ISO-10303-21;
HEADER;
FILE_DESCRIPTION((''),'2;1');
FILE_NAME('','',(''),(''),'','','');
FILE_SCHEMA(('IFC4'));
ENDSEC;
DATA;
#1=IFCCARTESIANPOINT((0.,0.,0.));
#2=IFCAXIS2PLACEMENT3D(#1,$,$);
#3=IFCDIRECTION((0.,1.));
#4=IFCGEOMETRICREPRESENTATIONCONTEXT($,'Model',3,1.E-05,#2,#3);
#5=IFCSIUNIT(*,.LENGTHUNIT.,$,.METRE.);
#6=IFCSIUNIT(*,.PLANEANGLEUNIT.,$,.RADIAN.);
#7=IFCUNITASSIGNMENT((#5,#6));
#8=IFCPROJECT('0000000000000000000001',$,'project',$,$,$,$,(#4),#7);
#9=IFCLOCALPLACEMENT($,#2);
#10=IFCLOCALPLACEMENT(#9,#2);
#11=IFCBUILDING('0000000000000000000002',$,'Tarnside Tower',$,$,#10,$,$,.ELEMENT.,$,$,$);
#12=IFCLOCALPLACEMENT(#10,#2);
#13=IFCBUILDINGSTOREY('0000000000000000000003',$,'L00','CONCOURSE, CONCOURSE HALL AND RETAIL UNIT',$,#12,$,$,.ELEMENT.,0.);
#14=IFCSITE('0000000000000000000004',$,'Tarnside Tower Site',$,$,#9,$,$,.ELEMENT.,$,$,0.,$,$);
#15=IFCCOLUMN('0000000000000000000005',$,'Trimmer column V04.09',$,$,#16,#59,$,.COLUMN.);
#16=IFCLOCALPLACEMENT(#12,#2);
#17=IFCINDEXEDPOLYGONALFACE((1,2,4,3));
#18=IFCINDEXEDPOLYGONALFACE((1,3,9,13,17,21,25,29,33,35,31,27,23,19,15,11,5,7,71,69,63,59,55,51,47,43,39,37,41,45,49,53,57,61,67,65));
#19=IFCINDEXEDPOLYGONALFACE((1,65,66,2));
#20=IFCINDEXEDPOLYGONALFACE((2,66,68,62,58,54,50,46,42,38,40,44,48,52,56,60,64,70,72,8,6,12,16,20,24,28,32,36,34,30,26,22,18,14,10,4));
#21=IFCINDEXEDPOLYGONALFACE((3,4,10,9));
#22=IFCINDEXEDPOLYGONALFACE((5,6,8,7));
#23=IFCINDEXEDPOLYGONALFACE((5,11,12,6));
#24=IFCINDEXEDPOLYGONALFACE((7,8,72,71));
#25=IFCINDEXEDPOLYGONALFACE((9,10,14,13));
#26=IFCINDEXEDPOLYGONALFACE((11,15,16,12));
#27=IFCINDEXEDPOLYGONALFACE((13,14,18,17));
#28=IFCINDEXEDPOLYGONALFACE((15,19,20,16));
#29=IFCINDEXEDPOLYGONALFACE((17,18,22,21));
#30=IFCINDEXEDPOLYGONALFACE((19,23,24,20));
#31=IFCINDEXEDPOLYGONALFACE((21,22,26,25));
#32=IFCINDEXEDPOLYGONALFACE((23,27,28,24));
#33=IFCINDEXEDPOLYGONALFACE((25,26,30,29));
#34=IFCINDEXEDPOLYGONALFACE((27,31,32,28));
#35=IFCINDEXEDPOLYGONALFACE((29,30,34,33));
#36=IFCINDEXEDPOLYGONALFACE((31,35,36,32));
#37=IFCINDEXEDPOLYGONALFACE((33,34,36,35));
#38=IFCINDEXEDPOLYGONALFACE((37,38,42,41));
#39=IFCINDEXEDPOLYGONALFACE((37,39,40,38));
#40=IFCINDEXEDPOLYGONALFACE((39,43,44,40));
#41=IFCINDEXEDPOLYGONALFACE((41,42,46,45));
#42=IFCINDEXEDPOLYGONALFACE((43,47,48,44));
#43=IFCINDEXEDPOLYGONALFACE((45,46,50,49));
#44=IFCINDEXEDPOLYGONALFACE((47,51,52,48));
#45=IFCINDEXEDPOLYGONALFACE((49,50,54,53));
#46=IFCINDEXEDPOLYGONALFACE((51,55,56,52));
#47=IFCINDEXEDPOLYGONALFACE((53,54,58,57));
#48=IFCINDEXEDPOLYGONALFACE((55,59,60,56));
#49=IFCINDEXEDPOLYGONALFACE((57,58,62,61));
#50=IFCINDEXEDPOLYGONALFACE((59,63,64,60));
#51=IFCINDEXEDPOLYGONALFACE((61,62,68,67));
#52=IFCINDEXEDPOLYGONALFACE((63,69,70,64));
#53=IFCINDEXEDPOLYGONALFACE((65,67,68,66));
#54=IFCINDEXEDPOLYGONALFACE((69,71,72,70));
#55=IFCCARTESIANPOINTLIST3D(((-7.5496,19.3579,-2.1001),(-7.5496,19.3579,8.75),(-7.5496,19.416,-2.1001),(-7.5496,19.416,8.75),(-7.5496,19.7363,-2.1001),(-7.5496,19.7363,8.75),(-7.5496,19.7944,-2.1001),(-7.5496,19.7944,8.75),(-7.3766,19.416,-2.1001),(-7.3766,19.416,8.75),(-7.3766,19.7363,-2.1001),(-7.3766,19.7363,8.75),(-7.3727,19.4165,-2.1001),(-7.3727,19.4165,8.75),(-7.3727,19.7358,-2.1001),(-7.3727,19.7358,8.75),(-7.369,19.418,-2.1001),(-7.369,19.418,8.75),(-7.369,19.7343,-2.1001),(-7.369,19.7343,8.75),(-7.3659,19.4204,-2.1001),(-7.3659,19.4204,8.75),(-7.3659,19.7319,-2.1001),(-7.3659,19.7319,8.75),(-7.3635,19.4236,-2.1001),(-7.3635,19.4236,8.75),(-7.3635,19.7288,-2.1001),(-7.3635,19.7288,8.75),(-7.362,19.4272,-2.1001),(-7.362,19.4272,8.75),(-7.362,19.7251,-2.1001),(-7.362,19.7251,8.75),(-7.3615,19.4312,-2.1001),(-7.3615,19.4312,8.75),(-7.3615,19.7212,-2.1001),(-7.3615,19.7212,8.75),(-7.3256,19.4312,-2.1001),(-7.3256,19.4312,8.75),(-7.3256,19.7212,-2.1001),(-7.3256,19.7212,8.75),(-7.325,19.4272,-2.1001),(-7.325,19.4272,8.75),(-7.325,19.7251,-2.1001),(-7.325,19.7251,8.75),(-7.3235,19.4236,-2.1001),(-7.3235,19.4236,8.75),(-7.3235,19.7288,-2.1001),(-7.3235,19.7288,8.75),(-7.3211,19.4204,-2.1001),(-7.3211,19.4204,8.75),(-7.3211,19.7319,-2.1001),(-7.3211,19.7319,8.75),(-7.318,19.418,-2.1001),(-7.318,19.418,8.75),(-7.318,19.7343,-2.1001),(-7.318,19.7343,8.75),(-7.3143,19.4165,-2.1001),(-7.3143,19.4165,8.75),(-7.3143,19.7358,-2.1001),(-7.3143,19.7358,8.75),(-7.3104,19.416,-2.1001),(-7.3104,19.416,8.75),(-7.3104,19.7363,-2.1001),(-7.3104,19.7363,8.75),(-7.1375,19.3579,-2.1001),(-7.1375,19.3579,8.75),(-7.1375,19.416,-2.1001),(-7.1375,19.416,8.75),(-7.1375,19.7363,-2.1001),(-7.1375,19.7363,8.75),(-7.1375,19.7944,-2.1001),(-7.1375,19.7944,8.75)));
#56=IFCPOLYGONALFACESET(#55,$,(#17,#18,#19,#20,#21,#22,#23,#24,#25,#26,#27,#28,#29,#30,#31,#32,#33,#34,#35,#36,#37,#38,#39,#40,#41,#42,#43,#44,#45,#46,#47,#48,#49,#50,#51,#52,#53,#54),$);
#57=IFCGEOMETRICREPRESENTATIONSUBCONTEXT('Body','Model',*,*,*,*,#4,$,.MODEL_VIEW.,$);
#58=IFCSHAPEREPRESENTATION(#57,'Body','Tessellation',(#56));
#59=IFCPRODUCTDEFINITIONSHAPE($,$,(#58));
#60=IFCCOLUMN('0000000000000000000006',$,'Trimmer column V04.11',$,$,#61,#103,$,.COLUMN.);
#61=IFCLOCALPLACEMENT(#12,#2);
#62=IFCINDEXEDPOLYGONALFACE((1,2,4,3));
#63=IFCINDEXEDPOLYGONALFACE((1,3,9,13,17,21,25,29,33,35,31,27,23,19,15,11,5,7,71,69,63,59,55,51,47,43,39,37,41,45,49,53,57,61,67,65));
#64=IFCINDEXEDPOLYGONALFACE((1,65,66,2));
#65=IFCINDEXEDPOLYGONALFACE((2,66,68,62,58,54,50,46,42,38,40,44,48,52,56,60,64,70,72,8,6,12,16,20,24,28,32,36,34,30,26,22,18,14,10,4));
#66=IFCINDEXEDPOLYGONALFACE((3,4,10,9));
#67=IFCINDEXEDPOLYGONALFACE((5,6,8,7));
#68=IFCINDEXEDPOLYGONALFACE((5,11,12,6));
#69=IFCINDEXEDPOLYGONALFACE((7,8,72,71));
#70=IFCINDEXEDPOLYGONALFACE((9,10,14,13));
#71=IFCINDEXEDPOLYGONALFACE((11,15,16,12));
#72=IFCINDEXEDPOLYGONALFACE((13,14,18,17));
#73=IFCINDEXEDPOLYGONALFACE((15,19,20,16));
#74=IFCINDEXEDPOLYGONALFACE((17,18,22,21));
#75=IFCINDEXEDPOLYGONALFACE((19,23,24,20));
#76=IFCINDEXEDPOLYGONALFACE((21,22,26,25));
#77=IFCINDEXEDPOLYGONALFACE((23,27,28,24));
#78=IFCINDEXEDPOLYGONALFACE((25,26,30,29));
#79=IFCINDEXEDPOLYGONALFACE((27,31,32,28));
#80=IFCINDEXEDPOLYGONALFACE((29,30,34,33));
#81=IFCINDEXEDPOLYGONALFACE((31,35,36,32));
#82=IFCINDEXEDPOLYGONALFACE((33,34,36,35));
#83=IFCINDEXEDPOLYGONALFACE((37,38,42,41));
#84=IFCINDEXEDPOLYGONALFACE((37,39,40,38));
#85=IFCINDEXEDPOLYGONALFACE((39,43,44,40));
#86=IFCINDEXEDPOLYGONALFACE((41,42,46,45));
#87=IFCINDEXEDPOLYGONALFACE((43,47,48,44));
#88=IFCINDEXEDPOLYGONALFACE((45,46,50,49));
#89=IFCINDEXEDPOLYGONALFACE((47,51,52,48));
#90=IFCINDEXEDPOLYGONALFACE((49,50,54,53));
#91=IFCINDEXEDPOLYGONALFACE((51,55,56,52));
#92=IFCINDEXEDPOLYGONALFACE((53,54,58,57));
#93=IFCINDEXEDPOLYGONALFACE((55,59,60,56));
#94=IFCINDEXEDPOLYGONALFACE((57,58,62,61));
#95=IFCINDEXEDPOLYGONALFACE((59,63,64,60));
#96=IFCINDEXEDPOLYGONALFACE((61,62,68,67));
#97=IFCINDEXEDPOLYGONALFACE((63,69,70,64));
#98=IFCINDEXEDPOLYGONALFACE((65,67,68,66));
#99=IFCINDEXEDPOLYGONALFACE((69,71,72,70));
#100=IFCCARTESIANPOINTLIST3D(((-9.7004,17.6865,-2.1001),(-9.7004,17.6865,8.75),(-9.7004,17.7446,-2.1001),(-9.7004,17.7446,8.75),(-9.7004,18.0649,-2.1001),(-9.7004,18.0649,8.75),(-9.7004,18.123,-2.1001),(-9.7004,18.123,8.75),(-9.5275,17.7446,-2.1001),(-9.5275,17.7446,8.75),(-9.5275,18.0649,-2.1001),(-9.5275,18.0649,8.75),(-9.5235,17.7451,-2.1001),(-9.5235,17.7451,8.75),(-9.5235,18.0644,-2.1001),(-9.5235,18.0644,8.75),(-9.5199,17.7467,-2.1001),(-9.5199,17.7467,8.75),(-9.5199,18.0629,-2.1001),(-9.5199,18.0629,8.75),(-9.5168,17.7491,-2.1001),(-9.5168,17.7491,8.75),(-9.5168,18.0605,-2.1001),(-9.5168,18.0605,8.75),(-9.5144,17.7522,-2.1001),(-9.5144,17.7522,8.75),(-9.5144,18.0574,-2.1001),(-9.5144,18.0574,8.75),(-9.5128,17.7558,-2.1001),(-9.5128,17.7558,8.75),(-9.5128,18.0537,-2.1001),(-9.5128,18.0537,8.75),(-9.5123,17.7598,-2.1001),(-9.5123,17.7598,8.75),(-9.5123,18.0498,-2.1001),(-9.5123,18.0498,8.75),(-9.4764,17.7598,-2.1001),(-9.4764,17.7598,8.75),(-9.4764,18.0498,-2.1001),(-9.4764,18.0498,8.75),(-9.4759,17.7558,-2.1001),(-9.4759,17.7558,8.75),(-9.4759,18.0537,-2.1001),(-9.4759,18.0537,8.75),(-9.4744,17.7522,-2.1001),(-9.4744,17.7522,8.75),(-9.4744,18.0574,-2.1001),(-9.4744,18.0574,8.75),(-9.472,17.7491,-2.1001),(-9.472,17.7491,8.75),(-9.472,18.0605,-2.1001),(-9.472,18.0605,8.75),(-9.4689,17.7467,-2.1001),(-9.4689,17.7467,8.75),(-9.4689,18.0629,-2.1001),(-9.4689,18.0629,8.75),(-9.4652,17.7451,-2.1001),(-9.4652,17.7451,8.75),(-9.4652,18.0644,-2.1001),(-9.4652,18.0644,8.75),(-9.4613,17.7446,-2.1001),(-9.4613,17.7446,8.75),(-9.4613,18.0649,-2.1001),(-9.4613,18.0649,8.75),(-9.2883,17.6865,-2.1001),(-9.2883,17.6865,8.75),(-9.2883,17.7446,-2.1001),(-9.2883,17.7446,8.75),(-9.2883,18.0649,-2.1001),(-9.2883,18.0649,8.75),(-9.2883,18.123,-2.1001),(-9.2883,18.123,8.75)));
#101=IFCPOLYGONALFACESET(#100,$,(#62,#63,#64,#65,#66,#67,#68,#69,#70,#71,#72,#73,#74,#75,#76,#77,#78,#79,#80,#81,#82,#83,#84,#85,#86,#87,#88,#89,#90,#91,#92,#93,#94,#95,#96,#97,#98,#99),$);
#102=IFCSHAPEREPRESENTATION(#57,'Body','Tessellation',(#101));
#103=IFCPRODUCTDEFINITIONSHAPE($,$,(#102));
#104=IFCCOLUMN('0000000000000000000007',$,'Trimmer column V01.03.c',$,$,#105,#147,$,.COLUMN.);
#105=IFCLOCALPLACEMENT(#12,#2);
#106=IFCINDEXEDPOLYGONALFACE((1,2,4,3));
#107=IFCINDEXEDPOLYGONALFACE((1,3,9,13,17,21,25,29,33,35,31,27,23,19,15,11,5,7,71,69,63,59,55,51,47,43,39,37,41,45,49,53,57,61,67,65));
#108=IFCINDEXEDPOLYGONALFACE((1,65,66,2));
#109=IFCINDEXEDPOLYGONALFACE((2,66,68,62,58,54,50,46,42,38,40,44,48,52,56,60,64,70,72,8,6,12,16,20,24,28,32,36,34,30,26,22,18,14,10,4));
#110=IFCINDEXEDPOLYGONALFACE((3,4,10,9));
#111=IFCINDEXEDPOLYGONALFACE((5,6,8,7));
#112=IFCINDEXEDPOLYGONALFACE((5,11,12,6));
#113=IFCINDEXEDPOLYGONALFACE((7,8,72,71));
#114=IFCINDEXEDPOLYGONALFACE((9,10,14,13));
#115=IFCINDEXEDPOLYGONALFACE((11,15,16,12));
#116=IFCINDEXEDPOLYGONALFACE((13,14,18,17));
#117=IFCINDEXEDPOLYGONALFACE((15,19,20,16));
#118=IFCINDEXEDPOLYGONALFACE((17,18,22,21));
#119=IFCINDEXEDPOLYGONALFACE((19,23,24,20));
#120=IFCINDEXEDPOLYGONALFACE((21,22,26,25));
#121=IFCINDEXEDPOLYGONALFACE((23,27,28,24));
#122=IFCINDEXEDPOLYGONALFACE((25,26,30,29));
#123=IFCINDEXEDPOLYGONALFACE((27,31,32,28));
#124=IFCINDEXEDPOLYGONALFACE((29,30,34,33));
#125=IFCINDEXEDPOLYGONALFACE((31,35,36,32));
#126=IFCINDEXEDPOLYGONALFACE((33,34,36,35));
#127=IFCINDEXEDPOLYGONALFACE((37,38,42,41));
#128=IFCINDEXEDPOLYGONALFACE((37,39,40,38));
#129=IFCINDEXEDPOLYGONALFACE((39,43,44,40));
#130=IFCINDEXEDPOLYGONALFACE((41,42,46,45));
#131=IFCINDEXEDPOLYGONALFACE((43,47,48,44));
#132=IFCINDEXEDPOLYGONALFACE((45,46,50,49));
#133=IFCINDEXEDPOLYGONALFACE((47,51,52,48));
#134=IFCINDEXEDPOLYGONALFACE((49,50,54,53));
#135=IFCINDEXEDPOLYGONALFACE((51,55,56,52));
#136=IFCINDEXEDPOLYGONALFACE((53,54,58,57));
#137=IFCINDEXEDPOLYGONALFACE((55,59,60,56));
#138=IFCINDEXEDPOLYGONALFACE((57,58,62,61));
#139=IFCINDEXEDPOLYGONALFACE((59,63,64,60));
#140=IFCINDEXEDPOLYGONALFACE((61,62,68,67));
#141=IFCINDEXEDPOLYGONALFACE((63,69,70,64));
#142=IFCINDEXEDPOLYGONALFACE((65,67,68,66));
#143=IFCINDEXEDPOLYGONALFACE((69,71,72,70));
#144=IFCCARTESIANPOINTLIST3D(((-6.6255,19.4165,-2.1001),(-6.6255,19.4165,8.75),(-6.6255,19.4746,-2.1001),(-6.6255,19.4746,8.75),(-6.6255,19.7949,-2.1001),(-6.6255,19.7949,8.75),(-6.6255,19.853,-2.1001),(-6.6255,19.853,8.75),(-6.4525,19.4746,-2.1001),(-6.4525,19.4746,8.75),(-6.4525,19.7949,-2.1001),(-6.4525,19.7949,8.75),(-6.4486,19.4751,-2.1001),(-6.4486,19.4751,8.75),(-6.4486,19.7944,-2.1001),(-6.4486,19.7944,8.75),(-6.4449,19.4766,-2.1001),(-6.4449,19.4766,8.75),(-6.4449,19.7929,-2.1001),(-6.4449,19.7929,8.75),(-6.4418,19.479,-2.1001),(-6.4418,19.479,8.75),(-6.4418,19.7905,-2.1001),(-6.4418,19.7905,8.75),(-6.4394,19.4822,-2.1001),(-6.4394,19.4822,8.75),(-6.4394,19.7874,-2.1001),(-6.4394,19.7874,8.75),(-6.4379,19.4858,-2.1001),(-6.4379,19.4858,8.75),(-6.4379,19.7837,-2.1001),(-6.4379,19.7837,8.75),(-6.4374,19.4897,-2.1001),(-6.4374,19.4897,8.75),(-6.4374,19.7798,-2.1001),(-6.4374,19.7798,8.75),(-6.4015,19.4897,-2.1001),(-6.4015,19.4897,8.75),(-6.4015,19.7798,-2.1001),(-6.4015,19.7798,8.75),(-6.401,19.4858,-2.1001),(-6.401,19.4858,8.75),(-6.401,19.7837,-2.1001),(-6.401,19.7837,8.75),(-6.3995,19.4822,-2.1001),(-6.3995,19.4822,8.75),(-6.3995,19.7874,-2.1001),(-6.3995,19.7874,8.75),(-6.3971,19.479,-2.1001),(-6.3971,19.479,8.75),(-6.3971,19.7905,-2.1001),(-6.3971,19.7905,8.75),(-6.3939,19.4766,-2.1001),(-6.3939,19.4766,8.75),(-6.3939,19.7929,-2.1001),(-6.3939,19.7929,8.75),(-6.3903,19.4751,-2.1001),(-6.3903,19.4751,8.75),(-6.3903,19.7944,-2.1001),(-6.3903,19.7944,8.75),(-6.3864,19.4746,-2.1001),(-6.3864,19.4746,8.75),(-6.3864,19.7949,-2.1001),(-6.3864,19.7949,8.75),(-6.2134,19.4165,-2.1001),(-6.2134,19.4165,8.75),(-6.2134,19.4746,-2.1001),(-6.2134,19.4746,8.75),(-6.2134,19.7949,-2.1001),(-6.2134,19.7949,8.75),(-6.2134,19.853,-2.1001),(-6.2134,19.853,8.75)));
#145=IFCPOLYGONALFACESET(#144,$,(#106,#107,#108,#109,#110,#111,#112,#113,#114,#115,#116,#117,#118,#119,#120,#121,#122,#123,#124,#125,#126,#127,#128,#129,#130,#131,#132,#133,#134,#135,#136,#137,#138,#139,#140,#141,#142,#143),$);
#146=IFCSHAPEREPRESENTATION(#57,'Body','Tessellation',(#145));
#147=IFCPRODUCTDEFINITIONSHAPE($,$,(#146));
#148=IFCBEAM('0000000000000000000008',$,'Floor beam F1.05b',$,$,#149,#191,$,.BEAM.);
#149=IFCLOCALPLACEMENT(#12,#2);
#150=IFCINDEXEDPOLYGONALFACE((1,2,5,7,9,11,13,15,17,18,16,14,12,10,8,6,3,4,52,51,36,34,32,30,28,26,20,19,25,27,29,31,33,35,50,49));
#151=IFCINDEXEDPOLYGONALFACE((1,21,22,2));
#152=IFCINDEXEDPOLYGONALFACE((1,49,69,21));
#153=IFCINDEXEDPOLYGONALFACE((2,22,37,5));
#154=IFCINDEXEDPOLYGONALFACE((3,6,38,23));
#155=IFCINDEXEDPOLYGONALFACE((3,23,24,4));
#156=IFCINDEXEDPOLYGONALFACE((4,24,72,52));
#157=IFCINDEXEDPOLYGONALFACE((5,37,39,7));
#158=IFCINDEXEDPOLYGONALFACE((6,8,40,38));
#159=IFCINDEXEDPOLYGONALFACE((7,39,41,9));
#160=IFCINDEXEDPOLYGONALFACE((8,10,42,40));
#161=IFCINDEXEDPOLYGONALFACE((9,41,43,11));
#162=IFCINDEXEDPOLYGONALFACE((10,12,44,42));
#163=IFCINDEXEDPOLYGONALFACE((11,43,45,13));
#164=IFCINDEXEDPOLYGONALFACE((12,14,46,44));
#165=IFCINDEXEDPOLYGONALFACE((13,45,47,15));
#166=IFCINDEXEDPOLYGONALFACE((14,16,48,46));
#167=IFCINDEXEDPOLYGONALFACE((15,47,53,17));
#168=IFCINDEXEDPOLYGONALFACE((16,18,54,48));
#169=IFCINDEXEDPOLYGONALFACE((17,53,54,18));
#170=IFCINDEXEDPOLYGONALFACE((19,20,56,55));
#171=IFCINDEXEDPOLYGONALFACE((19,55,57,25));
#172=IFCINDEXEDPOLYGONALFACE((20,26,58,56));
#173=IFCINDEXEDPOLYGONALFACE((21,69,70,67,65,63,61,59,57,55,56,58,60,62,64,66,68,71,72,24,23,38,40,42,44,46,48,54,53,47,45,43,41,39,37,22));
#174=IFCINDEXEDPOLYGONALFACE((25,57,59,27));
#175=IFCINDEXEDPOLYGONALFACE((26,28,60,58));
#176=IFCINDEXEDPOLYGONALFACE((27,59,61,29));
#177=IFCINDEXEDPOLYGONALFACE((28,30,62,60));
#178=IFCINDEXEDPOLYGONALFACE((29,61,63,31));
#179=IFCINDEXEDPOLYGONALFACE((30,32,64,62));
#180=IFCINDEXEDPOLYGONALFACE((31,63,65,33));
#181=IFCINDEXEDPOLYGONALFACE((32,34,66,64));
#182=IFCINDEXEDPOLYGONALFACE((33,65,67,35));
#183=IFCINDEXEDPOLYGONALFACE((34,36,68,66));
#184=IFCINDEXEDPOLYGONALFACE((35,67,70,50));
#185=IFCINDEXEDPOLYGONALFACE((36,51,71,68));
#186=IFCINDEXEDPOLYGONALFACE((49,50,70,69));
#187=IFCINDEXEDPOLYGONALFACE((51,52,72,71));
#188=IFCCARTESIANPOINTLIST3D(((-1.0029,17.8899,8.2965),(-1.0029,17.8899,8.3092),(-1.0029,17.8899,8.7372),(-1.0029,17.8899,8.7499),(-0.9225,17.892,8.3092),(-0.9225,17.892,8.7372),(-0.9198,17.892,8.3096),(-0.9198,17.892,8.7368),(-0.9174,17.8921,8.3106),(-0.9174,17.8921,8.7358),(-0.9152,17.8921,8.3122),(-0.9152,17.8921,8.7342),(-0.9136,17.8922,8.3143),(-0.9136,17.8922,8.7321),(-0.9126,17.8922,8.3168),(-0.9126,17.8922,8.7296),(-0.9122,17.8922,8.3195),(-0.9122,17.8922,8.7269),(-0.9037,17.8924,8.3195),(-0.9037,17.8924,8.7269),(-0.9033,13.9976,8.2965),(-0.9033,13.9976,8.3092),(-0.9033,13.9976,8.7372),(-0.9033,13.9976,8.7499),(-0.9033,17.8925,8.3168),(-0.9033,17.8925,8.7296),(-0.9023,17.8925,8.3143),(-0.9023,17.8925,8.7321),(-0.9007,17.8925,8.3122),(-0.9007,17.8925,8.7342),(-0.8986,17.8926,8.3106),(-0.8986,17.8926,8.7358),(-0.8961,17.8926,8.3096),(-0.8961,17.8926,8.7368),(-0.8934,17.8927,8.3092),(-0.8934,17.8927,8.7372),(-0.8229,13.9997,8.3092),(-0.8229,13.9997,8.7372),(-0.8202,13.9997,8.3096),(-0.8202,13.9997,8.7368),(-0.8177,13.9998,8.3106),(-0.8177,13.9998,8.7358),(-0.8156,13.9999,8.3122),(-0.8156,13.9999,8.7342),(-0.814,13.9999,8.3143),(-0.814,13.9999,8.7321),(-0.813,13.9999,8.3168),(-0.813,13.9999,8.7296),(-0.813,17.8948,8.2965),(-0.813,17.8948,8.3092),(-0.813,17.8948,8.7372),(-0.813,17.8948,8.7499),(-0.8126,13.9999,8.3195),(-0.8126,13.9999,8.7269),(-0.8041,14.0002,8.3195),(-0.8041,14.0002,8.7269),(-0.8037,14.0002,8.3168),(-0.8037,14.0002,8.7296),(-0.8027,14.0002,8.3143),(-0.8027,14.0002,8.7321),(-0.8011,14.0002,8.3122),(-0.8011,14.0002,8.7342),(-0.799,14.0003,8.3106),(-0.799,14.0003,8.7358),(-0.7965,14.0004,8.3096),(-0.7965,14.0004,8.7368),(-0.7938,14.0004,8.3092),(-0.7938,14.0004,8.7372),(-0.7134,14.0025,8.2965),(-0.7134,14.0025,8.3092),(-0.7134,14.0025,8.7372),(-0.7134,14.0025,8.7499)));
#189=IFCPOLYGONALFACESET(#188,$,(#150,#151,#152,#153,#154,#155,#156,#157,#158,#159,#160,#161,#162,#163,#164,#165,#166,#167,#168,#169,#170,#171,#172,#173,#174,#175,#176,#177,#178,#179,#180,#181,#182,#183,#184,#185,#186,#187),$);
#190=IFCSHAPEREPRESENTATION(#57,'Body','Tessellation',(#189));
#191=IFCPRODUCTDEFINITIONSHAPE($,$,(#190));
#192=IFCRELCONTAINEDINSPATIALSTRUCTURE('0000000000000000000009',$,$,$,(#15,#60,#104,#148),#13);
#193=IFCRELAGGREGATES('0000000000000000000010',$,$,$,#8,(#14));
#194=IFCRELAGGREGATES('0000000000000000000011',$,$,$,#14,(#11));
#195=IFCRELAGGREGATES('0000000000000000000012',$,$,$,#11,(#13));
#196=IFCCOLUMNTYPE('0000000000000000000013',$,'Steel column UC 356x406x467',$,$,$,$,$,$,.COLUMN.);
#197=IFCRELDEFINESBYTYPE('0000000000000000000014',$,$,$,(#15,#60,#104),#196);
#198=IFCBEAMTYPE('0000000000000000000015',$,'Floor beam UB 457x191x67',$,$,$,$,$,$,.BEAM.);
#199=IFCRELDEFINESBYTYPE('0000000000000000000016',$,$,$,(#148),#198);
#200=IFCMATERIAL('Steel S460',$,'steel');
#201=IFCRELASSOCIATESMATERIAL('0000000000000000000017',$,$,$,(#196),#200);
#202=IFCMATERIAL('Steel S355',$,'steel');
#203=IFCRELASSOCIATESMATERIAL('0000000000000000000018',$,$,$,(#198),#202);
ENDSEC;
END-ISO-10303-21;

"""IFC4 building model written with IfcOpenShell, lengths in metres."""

from ifc_helpers import new_model, si_unit, direction, frame, origin, origin_2d, place, context, subcontext, project, spatial, i_section, extrude, material, material_profile, profile_set, type_object, element, save


model = new_model("IFC4")

# Units and contexts
model_context = context("Model", 3, precision=1e-05, world=origin(), true_north=direction((0.0, 1.0)))
body_context = subcontext(model_context, "Body", "Model", "MODEL_VIEW")
ifc_project = project(units=[si_unit("LENGTHUNIT", "METRE"), si_unit("PLANEANGLEUNIT", "RADIAN")], contexts=[model_context])

# Site, building, storey
site_placement = place(None, origin())
site = spatial("IfcSite", under=ifc_project, at=site_placement, Name="Tarnside Tower Site", CompositionType="ELEMENT", RefElevation=0.0)
building_placement = place(site_placement, origin())
building = spatial("IfcBuilding", under=site, at=building_placement, Name="Tarnside Tower", CompositionType="ELEMENT")
storey_placement = place(building_placement, origin())
storey = spatial("IfcBuildingStorey", under=building, at=storey_placement, Name="L00", Description="CONCOURSE, CONCOURSE HALL AND RETAIL UNIT", CompositionType="ELEMENT", Elevation=0.0)

# Columns
ifc_material_1 = material(Name="Steel S460", Category="steel")
ifc_material_profile_1 = material_profile(ifc_material_1, i_section(OverallWidth=0.4121, OverallDepth=0.4365, WebThickness=0.0359, FlangeThickness=0.0581, FilletRadius=0.0151, at=origin_2d()), Name="UC 356x406x467")
ifc_profile_set_1 = profile_set([ifc_material_profile_1], Name="Steel S460")
column_type = type_object("IfcColumnType", Name="Steel column UC 356x406x467", PredefinedType="COLUMN", material=ifc_profile_set_1)
for number, where, z_axis, x_axis, name in (
    (1, (-7.3435, 19.5762, -2.1001), (0.0, 0.0, 1.0), (1.0, 0.0, 0.0), "Trimmer column V04.09"),
    (2, (-9.4944, 17.9048, -2.1001), (0.0, 0.0, 1.0), (1.0, 0.0, 0.0), "Trimmer column V04.11"),
    (3, (-6.4194, 19.6348, -2.1001), (0.0, 0.0, 1.0), (1.0, 0.0, 0.0), "Trimmer column V01.03.c"),
):
    element("IfcColumn", number, at=place(storey_placement, frame(where, z_axis=z_axis, x_axis=x_axis)), inside=storey, type_object=column_type, Name=name, PredefinedType="COLUMN", context=body_context, shape_type="SweptSolid", body=[
        extrude(i_section(OverallWidth=0.4121, OverallDepth=0.4365, WebThickness=0.0359, FlangeThickness=0.0581, FilletRadius=0.0151, at=origin_2d()), origin(), (0.0, 0.0, 1.0), 10.8501),
    ])

# Beam
ifc_material_2 = material(Name="Steel S355", Category="steel")
ifc_material_profile_2 = material_profile(ifc_material_2, i_section(OverallWidth=0.1899, OverallDepth=0.4534, WebThickness=0.0085, FlangeThickness=0.0127, FilletRadius=0.0103, at=origin_2d()), Name="UB 457x191x67")
ifc_profile_set_2 = profile_set([ifc_material_profile_2], Name="Steel S355")
beam_type_1 = type_object("IfcBeamType", Name="Floor beam UB 457x191x67", PredefinedType="BEAM", material=ifc_profile_set_2)
beam_1_placement = place(storey_placement, frame((-0.908, 17.8923, 8.5232), z_axis=(0.025583, -0.999673, 0.0), x_axis=(0.999673, 0.025583, 0.0)))
element("IfcBeam", 4, at=beam_1_placement, inside=storey, type_object=beam_type_1, Name="Floor beam F1.05b", PredefinedType="BEAM", context=body_context, shape_type="SweptSolid", body=[
    extrude(i_section(OverallWidth=0.1899, OverallDepth=0.4534, WebThickness=0.0085, FlangeThickness=0.0127, FilletRadius=0.0103, at=origin_2d()), origin(), (0.0, 0.0, 1.0), 3.8936),
])

save(model, "model.ifc")
